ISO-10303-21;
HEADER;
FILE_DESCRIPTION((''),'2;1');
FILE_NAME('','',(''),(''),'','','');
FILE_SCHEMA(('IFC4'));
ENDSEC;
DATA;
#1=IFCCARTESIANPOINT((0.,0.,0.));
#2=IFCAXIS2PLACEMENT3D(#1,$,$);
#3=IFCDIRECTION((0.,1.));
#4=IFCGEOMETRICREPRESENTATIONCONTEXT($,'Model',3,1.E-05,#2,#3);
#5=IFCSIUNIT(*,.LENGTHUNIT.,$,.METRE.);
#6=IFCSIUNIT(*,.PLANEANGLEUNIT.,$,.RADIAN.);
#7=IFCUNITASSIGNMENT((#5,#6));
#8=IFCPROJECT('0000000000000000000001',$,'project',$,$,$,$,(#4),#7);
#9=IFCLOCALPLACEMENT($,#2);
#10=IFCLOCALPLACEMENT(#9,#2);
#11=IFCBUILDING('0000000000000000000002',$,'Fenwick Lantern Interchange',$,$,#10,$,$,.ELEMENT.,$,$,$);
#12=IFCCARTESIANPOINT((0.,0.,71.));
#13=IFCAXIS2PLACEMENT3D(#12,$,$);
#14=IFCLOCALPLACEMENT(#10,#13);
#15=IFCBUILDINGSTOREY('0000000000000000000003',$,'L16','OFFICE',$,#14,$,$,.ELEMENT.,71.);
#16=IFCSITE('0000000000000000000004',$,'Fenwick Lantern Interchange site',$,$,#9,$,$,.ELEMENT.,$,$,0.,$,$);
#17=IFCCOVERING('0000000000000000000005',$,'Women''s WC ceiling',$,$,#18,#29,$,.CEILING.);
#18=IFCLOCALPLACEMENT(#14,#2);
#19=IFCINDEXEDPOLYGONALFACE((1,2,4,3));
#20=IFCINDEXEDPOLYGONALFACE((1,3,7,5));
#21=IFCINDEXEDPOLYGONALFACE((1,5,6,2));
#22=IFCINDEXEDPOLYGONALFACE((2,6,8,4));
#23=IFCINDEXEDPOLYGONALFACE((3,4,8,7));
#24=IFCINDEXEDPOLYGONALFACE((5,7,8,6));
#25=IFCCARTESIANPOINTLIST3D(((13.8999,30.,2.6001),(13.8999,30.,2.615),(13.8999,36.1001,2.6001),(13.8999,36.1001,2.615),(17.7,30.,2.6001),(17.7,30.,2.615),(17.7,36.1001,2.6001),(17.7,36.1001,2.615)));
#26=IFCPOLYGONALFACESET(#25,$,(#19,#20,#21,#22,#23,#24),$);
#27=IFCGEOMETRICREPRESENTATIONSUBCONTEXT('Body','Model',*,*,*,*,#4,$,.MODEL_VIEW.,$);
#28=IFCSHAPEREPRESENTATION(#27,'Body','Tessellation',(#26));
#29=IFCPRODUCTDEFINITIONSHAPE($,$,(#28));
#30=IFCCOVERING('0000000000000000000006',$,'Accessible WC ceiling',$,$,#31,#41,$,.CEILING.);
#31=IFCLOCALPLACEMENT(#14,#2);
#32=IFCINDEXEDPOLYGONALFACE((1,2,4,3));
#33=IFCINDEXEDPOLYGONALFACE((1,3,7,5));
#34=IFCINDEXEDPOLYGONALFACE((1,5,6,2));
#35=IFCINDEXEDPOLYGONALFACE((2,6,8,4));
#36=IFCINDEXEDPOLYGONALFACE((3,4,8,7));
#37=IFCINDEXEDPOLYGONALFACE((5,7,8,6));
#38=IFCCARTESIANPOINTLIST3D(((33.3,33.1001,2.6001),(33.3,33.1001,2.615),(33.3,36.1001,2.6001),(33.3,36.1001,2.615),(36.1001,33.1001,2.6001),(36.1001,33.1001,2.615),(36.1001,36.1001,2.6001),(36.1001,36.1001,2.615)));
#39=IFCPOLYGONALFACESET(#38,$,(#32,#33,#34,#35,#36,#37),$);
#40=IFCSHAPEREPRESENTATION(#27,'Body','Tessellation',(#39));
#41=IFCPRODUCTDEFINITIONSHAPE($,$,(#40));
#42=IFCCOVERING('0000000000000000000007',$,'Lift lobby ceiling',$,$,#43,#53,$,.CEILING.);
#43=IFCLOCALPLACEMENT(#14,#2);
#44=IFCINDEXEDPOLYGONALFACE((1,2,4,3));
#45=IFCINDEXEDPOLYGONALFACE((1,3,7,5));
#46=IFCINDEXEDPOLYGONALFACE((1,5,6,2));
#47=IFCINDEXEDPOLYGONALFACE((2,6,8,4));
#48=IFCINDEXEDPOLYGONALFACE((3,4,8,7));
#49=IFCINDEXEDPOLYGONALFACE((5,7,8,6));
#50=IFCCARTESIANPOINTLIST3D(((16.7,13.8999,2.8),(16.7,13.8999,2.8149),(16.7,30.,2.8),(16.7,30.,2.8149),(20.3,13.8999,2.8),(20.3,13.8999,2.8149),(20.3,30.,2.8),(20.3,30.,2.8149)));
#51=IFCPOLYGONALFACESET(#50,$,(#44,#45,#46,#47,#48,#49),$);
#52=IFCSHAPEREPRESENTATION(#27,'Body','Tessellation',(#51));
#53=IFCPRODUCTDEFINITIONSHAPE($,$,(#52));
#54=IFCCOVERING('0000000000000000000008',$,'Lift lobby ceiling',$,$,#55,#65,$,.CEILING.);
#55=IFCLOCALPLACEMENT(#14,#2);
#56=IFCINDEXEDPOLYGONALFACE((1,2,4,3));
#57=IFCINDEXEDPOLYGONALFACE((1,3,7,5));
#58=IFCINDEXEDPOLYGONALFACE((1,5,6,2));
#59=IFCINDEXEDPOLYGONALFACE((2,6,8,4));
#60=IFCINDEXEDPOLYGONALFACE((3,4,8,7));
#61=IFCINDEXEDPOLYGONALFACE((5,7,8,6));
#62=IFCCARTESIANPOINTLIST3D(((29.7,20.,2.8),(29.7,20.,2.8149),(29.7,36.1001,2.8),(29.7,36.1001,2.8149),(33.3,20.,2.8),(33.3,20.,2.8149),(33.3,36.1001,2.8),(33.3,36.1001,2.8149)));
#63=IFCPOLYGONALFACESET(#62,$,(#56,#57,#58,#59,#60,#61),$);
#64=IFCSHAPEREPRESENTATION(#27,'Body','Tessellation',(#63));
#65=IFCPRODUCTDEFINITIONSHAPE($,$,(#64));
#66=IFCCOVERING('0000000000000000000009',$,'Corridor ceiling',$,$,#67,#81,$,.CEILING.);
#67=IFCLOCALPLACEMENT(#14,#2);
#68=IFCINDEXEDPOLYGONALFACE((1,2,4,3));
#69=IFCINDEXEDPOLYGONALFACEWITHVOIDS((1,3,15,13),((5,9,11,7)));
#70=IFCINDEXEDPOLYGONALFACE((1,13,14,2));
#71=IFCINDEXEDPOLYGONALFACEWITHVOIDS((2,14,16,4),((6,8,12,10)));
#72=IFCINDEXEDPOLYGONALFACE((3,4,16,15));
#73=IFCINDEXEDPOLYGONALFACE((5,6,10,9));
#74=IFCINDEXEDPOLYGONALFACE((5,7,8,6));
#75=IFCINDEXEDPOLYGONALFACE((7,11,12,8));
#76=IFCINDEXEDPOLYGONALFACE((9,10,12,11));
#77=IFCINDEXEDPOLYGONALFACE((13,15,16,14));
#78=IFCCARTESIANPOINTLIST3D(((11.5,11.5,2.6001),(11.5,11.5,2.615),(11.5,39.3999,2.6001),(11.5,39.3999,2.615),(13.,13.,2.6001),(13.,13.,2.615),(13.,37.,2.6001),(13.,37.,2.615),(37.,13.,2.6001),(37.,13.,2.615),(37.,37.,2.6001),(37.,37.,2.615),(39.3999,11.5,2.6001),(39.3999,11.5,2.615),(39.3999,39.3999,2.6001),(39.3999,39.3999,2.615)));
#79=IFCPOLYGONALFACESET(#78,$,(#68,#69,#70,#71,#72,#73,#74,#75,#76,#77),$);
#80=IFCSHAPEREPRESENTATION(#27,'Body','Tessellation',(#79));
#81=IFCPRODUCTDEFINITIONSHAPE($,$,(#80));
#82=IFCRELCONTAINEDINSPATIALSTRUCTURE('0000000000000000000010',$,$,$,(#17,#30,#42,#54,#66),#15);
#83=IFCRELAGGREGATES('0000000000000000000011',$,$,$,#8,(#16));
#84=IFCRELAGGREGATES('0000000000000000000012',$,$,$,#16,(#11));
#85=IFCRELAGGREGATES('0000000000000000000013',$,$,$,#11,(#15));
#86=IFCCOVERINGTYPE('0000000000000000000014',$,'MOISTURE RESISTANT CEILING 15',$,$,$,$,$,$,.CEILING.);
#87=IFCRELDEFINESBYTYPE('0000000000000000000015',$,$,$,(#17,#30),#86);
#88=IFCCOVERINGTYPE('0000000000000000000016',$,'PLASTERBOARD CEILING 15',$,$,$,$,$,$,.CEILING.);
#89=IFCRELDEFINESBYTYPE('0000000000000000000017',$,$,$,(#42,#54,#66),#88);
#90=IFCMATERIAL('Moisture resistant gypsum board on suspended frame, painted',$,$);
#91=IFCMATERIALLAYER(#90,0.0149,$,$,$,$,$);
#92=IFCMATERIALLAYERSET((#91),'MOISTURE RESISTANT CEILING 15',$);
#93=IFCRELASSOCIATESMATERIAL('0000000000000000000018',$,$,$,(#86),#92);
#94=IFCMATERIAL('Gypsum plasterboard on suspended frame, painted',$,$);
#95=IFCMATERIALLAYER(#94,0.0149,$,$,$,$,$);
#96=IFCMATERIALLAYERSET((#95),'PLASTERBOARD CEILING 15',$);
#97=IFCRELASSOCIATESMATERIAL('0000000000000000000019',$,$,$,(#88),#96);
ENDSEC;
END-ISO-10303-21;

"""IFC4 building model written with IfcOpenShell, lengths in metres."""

from ifc_helpers import new_model, si_unit, direction, frame, origin, place, context, subcontext, project, spatial, polyline, outline, extrude, material, layer, layer_set, type_object, element, save


model = new_model("IFC4")

# Units and contexts
model_context = context("Model", 3, precision=1e-05, world=origin(), true_north=direction((0.0, 1.0)))
body_context = subcontext(model_context, "Body", "Model", "MODEL_VIEW")
ifc_project = project(units=[si_unit("LENGTHUNIT", "METRE"), si_unit("PLANEANGLEUNIT", "RADIAN")], contexts=[model_context])

# Site, building, storey
site_placement = place(None, origin())
site = spatial("IfcSite", under=ifc_project, at=site_placement, Name="Fenwick Lantern Interchange site", CompositionType="ELEMENT", RefElevation=0.0)
building_placement = place(site_placement, origin())
building = spatial("IfcBuilding", under=site, at=building_placement, Name="Fenwick Lantern Interchange", CompositionType="ELEMENT")
storey_placement = place(building_placement, frame((0.0, 0.0, 71.0)))
storey = spatial("IfcBuildingStorey", under=building, at=storey_placement, Name="L16", Description="OFFICE", CompositionType="ELEMENT", Elevation=71.0)

# Coverings
ifc_material_1 = material(Name="Moisture resistant gypsum board on suspended frame, painted")
ifc_layer_1 = layer(ifc_material_1, 0.0149)
ifc_layer_set_1 = layer_set([ifc_layer_1], Name="MOISTURE RESISTANT CEILING 15")
covering_type_1 = type_object("IfcCoveringType", Name="MOISTURE RESISTANT CEILING 15", PredefinedType="CEILING", material=ifc_layer_set_1)
covering_1_placement = place(storey_placement, frame((0.0, 0.0, 2.6001)))
element("IfcCovering", 1, at=covering_1_placement, inside=storey, type_object=covering_type_1, Name="Women's WC ceiling", PredefinedType="CEILING", context=body_context, shape_type="SweptSolid", body=[
    extrude(outline(polyline([(17.7, 36.1001), (13.8999, 36.1001), (13.8999, 30.0), (17.7, 30.0), (17.7, 36.1001)])), origin(), (0.0, 0.0, 1.0), 0.0149),
])
covering_2_placement = place(storey_placement, frame((0.0, 0.0, 2.6001)))
element("IfcCovering", 2, at=covering_2_placement, inside=storey, type_object=covering_type_1, Name="Accessible WC ceiling", PredefinedType="CEILING", context=body_context, shape_type="SweptSolid", body=[
    extrude(outline(polyline([(36.1001, 36.1001), (33.3, 36.1001), (33.3, 33.1001), (36.1001, 33.1001), (36.1001, 36.1001)])), origin(), (0.0, 0.0, 1.0), 0.0149),
])
ifc_material_2 = material(Name="Gypsum plasterboard on suspended frame, painted")
ifc_layer_2 = layer(ifc_material_2, 0.0149)
ifc_layer_set_2 = layer_set([ifc_layer_2], Name="PLASTERBOARD CEILING 15")
covering_type_2 = type_object("IfcCoveringType", Name="PLASTERBOARD CEILING 15", PredefinedType="CEILING", material=ifc_layer_set_2)
covering_3_placement = place(storey_placement, frame((0.0, 0.0, 2.8)))
element("IfcCovering", 3, at=covering_3_placement, inside=storey, type_object=covering_type_2, Name="Lift lobby ceiling", PredefinedType="CEILING", context=body_context, shape_type="SweptSolid", body=[
    extrude(outline(polyline([(16.7, 13.8999), (20.3, 13.8999), (20.3, 30.0), (16.7, 30.0), (16.7, 13.8999)])), origin(), (0.0, 0.0, 1.0), 0.0149),
])
covering_4_placement = place(storey_placement, frame((0.0, 0.0, 2.8)))
element("IfcCovering", 4, at=covering_4_placement, inside=storey, type_object=covering_type_2, Name="Lift lobby ceiling", PredefinedType="CEILING", context=body_context, shape_type="SweptSolid", body=[
    extrude(outline(polyline([(33.3, 36.1001), (29.7, 36.1001), (29.7, 20.0), (33.3, 20.0), (33.3, 36.1001)])), origin(), (0.0, 0.0, 1.0), 0.0149),
])
covering_5_placement = place(storey_placement, frame((0.0, 0.0, 2.6001)))
element("IfcCovering", 5, at=covering_5_placement, inside=storey, type_object=covering_type_2, Name="Corridor ceiling", PredefinedType="CEILING", context=body_context, shape_type="SweptSolid", body=[
    extrude(outline(polyline([(39.3999, 11.5), (39.3999, 39.3999), (11.5, 39.3999), (11.5, 11.5), (39.3999, 11.5)]), holes=[polyline([(13.0, 37.0), (37.0, 37.0), (37.0, 13.0), (13.0, 13.0), (13.0, 37.0)])]), origin(), (0.0, 0.0, 1.0), 0.0149),
])

save(model, "model.ifc")
